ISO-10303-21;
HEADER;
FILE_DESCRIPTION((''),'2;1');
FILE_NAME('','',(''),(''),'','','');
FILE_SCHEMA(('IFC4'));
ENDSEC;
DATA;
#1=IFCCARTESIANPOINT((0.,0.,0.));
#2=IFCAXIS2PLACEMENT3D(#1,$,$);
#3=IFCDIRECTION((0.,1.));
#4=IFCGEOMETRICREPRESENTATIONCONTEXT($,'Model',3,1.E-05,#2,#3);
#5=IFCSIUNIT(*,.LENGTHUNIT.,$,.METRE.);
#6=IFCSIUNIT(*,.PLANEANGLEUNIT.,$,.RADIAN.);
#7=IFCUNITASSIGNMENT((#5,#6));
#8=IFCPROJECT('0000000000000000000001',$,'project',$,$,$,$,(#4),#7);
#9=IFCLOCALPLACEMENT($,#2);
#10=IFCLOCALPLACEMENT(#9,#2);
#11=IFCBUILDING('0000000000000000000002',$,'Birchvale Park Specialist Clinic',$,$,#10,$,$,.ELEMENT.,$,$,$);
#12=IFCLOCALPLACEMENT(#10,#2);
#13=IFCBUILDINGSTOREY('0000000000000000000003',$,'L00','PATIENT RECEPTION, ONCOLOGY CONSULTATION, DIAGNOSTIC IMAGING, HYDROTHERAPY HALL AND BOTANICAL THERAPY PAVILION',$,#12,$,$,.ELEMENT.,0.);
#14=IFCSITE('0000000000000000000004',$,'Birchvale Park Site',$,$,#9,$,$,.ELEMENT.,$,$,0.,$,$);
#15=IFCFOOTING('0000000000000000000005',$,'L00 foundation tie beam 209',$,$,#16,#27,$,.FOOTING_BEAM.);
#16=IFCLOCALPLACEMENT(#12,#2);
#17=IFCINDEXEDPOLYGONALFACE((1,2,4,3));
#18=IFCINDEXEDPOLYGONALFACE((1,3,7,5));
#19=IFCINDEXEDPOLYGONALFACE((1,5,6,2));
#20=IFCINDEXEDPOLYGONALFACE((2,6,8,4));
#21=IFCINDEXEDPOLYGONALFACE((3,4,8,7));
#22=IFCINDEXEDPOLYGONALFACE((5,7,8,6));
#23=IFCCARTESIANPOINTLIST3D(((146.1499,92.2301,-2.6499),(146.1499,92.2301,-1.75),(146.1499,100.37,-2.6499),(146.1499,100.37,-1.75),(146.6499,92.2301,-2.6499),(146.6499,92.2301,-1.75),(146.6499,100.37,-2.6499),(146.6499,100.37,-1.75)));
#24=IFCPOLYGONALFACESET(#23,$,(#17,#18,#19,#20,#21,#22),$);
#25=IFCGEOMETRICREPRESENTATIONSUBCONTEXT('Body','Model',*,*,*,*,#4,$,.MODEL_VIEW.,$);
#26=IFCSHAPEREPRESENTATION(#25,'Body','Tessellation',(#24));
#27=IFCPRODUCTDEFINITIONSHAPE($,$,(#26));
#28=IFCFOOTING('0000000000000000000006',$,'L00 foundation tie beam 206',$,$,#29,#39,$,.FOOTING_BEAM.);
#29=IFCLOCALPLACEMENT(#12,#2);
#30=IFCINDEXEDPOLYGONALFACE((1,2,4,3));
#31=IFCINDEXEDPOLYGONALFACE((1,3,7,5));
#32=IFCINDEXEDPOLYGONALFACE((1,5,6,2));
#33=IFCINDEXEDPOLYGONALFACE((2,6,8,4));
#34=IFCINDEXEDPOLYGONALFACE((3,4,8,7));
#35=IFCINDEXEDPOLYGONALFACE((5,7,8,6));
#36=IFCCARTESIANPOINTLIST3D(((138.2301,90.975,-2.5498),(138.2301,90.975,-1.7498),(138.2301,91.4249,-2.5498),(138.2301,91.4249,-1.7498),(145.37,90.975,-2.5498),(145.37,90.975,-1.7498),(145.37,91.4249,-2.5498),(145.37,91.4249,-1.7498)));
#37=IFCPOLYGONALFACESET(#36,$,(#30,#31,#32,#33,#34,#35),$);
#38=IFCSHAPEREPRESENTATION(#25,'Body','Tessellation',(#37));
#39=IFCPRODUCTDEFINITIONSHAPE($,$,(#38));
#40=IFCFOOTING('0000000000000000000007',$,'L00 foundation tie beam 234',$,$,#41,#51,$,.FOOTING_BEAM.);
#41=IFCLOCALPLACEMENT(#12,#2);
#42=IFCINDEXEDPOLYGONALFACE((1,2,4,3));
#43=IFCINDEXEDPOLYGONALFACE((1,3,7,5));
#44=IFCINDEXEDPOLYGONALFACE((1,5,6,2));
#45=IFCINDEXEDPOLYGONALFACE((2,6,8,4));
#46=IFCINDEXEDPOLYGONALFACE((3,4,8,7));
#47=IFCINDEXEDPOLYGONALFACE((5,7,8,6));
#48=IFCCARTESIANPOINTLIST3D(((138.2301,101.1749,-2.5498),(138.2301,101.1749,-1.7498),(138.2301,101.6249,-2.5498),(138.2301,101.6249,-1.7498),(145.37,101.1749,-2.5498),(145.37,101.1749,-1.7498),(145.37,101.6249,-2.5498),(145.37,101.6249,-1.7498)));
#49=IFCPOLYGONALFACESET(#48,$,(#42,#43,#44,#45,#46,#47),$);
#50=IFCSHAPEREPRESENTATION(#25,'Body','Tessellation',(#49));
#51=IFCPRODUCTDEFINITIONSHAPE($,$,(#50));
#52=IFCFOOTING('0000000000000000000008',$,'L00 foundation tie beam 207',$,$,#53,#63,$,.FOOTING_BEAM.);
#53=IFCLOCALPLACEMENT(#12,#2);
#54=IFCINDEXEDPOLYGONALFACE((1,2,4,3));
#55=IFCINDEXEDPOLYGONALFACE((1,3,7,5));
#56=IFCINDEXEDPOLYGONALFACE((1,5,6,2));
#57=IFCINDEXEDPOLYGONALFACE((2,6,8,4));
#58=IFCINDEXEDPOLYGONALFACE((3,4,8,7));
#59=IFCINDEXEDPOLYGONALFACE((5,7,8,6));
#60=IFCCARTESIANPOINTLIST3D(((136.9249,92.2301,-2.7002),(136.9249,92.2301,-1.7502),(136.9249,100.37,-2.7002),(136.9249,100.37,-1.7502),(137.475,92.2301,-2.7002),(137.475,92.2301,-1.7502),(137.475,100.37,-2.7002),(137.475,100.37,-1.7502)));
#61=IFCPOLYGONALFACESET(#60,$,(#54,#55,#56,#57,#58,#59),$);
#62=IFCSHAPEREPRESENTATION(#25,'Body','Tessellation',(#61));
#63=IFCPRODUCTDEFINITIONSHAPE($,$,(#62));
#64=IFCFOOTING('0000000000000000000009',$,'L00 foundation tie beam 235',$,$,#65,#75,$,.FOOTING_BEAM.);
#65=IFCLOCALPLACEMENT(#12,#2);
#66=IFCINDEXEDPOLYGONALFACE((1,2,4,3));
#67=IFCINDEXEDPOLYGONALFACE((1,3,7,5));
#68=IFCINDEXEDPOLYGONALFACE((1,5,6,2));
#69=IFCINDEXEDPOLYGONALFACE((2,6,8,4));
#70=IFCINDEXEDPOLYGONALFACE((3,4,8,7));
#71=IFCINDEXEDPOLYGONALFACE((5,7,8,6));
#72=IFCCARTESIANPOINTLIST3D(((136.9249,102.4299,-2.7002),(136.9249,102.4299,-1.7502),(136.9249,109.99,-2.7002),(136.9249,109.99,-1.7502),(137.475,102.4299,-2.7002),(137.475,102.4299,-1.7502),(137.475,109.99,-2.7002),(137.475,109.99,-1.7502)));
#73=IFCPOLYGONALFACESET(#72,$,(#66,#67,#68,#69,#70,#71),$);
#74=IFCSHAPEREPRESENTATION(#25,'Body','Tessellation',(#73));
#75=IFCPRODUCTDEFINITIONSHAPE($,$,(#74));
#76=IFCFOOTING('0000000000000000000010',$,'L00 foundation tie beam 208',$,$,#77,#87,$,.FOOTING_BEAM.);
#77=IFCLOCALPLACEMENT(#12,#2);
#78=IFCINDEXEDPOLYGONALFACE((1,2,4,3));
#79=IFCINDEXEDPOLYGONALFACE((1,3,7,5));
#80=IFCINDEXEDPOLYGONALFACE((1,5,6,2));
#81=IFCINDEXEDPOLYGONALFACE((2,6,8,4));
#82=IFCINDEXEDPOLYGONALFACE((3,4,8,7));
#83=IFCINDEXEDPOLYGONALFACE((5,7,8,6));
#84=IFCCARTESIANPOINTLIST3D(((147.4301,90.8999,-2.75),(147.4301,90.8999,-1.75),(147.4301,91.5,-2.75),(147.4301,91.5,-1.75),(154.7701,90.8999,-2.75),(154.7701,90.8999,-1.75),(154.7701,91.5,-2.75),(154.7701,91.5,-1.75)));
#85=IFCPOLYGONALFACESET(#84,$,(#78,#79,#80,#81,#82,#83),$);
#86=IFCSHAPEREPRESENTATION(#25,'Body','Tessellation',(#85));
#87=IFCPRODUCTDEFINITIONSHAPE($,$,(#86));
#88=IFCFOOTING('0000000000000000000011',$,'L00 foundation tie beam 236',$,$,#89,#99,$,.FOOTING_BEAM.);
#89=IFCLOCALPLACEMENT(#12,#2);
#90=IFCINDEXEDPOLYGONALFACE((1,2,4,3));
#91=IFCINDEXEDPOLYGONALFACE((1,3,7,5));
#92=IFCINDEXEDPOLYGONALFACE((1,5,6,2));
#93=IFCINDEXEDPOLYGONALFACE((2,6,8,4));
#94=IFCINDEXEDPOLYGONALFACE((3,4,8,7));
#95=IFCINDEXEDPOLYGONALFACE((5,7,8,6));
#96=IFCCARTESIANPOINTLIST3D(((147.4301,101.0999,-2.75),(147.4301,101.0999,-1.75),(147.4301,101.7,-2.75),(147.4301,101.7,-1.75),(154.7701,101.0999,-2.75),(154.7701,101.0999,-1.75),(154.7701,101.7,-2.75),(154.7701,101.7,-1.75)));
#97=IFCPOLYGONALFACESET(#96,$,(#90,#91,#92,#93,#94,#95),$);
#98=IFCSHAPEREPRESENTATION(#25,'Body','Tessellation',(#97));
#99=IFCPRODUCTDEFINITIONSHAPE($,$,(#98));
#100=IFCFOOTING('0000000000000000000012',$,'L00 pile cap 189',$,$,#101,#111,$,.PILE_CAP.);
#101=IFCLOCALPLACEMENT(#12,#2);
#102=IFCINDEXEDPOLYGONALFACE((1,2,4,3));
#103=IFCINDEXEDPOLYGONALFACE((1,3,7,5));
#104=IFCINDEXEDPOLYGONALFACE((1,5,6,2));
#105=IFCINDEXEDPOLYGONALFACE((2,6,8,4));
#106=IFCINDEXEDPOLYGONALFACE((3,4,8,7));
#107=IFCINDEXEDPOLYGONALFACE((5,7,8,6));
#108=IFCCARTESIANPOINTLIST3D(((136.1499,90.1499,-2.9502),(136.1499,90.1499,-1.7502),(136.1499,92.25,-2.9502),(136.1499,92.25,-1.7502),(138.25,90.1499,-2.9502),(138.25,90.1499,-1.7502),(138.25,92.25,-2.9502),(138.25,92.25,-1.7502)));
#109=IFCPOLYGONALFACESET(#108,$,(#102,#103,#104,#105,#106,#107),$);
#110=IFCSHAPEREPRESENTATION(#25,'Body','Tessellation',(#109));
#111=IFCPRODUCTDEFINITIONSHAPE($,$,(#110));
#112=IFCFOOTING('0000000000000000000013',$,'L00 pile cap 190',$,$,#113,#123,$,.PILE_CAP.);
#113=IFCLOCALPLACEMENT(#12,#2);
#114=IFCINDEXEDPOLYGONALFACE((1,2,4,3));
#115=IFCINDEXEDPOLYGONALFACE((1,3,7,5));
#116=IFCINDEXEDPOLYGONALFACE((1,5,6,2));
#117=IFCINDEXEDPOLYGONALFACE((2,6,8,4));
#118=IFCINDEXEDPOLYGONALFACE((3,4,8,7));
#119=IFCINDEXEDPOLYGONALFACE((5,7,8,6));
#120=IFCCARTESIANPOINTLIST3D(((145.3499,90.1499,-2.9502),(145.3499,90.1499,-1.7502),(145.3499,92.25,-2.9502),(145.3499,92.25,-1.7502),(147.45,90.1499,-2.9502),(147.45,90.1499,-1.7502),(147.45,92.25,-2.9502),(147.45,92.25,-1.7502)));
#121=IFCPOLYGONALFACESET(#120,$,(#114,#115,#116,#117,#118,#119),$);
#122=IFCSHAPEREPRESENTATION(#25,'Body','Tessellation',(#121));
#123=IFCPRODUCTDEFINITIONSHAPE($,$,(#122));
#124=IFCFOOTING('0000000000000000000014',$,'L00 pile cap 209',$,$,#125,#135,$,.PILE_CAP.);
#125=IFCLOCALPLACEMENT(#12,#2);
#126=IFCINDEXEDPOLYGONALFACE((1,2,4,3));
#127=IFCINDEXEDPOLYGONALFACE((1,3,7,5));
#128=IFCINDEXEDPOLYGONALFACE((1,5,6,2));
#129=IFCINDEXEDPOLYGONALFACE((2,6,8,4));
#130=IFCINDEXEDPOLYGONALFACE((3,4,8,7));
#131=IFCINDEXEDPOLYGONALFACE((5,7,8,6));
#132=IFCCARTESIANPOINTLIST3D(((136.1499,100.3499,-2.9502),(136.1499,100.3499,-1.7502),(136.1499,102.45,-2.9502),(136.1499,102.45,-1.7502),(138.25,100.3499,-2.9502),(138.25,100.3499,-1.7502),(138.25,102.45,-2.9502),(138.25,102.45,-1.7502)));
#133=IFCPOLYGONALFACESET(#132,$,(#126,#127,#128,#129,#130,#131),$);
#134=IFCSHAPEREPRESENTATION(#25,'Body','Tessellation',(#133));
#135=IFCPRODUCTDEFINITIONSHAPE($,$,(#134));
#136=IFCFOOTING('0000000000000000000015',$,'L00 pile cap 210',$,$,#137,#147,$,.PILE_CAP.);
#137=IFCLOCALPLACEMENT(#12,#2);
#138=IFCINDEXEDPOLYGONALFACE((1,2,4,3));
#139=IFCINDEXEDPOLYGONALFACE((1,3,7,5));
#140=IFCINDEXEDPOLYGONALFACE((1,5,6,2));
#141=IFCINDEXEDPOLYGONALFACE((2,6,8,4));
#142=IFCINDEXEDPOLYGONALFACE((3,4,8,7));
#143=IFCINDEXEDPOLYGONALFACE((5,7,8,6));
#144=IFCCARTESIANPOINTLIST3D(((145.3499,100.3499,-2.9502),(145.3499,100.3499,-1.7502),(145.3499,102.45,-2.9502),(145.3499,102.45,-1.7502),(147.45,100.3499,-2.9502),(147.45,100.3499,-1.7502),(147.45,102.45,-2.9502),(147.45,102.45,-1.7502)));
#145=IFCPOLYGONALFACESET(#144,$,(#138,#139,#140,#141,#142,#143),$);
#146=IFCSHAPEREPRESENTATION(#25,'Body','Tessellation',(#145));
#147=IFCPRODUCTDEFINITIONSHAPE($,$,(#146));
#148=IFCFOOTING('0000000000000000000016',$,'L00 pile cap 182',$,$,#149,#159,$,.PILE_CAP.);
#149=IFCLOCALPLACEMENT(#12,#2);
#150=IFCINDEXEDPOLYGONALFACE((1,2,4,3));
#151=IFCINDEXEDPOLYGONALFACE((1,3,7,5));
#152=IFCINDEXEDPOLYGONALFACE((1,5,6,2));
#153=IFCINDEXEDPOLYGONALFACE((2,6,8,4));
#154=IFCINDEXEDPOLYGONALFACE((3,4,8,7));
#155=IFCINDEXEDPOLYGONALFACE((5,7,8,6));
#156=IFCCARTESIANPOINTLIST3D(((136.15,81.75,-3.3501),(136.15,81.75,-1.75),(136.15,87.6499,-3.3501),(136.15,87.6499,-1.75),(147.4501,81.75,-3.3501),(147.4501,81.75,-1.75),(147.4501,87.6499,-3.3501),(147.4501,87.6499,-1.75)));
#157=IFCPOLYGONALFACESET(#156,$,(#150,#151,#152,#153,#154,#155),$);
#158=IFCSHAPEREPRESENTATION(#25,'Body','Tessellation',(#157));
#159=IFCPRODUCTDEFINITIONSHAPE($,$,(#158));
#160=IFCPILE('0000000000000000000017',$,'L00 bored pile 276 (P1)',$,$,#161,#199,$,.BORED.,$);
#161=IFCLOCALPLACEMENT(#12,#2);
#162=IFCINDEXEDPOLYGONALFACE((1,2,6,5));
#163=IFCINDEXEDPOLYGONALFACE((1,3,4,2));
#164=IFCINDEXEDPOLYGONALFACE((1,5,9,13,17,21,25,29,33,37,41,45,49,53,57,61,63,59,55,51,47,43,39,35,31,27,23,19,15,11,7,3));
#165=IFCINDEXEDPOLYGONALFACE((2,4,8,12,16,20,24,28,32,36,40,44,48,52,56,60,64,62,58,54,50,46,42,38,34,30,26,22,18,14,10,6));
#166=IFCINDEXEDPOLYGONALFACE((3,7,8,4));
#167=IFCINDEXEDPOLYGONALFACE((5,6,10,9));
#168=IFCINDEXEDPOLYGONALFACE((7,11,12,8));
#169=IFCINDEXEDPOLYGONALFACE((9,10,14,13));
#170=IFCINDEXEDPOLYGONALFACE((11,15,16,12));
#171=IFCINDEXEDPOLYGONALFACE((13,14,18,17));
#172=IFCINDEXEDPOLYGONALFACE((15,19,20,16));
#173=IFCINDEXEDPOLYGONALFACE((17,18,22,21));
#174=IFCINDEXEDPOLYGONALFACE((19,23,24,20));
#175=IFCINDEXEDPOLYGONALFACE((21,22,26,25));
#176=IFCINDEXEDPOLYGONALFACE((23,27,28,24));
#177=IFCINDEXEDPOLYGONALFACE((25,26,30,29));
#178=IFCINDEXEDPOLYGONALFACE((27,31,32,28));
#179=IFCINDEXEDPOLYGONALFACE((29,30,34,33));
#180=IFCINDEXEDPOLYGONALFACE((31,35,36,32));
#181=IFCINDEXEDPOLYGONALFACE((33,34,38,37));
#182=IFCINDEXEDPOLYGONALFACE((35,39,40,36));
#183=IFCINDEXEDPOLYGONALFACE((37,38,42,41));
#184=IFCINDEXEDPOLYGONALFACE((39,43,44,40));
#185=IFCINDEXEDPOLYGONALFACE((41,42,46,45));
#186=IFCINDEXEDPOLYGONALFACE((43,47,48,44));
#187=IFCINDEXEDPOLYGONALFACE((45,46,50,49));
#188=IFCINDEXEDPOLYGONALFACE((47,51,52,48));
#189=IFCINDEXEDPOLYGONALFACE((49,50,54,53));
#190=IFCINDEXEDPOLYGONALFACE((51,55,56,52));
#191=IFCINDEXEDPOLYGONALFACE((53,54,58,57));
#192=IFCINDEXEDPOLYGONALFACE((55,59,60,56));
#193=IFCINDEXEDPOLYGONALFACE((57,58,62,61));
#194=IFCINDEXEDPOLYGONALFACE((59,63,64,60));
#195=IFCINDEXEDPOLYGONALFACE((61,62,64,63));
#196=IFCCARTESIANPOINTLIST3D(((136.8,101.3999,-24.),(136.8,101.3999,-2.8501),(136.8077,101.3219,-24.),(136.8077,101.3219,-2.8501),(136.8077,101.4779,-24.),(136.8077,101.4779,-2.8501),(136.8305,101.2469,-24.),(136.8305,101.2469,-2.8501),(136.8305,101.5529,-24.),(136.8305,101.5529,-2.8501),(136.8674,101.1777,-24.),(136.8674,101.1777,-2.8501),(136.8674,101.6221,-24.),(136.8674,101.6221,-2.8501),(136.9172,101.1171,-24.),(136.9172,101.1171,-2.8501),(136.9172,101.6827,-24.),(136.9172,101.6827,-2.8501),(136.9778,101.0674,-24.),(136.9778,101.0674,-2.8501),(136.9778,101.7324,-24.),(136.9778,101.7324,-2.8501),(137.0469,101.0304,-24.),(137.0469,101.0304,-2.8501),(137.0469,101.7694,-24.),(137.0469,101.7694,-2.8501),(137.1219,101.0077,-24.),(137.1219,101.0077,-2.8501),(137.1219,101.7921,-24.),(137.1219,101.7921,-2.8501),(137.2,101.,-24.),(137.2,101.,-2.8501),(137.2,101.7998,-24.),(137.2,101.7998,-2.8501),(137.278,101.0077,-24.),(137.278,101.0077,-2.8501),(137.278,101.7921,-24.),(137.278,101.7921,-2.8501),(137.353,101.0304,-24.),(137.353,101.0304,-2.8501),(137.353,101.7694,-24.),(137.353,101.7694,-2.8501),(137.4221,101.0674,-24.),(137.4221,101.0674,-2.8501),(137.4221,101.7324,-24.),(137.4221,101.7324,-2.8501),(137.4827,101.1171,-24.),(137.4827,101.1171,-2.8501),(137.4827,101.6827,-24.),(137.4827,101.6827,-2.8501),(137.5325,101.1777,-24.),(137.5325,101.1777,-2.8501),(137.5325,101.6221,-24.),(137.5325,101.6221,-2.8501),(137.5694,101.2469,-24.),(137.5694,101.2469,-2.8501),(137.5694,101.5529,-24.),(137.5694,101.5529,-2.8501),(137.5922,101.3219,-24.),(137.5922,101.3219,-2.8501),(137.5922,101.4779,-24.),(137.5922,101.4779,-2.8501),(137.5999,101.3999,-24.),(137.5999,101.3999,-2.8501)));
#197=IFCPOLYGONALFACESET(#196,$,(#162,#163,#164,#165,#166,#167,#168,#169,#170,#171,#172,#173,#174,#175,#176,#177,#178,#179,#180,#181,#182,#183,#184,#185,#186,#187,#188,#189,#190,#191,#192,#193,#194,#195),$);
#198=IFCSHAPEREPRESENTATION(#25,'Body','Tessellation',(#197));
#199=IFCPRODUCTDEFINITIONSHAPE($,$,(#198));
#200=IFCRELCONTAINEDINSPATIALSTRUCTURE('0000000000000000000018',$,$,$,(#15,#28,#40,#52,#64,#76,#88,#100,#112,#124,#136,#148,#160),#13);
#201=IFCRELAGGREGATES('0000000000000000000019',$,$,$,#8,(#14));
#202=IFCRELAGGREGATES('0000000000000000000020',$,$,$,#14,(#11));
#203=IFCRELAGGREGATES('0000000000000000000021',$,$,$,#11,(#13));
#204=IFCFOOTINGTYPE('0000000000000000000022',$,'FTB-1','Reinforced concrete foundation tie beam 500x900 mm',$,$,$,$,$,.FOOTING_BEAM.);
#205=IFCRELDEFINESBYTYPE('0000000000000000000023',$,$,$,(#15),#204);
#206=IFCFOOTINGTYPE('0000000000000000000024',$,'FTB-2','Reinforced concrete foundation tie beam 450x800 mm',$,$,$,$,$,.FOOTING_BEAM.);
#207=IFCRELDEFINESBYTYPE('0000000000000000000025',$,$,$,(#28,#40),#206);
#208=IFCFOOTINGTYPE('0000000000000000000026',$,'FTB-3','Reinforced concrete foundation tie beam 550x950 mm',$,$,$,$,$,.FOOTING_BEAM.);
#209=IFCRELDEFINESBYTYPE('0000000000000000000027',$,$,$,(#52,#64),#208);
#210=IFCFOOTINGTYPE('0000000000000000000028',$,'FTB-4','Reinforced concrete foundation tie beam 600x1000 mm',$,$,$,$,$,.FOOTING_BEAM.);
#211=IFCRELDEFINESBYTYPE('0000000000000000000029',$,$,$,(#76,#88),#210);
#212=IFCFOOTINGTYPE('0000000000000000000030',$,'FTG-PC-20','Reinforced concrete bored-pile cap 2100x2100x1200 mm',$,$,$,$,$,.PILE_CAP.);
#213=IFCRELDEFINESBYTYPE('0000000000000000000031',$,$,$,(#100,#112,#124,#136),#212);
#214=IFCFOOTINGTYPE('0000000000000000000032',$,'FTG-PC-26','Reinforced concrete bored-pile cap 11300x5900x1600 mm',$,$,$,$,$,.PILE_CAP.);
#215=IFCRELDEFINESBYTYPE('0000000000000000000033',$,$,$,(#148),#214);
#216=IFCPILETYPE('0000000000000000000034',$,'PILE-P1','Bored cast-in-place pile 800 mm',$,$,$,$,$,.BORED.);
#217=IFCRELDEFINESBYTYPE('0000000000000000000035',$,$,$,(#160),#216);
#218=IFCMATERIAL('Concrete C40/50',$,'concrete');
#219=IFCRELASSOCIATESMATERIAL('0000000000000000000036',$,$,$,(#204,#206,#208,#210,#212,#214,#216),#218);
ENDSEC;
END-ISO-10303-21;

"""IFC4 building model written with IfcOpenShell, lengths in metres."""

from ifc_helpers import new_model, si_unit, direction, frame, origin, origin_2d, place, context, subcontext, project, spatial, rectangle, circle, extrude, material, material_profile, profile_set, type_object, element, save


model = new_model("IFC4")

# Units and contexts
model_context = context("Model", 3, precision=1e-05, world=origin(), true_north=direction((0.0, 1.0)))
body_context = subcontext(model_context, "Body", "Model", "MODEL_VIEW")
ifc_project = project(units=[si_unit("LENGTHUNIT", "METRE"), si_unit("PLANEANGLEUNIT", "RADIAN")], contexts=[model_context])

# Site, building, storey
site_placement = place(None, origin())
site = spatial("IfcSite", under=ifc_project, at=site_placement, Name="Birchvale Park Site", CompositionType="ELEMENT", RefElevation=0.0)
building_placement = place(site_placement, origin())
building = spatial("IfcBuilding", under=site, at=building_placement, Name="Birchvale Park Specialist Clinic", CompositionType="ELEMENT")
storey_placement = place(building_placement, origin())
storey = spatial("IfcBuildingStorey", under=building, at=storey_placement, Name="L00", Description="PATIENT RECEPTION, ONCOLOGY CONSULTATION, DIAGNOSTIC IMAGING, HYDROTHERAPY HALL AND BOTANICAL THERAPY PAVILION", CompositionType="ELEMENT", Elevation=0.0)

# Footings
ifc_material_1 = material(Name="Concrete C40/50", Category="concrete")
footing_type_1 = type_object("IfcFootingType", Name="FTB-1", Description="Reinforced concrete foundation tie beam 500x900 mm", PredefinedType="FOOTING_BEAM", material=ifc_material_1)
footing_1_placement = place(storey_placement, frame((146.3999, 96.3, -2.6499), z_axis=(0.0, 0.0, 1.0), x_axis=(1.0, 0.0, 0.0)))
element("IfcFooting", 1, at=footing_1_placement, inside=storey, type_object=footing_type_1, Name="L00 foundation tie beam 209", PredefinedType="FOOTING_BEAM", context=body_context, shape_type="SweptSolid", body=[
    extrude(rectangle(XDim=0.5, YDim=8.1399, at=origin_2d()), origin(), (0.0, 0.0, 1.0), 0.8999),
])
footing_type_2 = type_object("IfcFootingType", Name="FTB-2", Description="Reinforced concrete foundation tie beam 450x800 mm", PredefinedType="FOOTING_BEAM", material=ifc_material_1)
for number, where, z_axis, x_axis, name in (
    (2, (141.8, 91.2, -2.5498), (0.0, 0.0, 1.0), (1.0, 0.0, 0.0), "L00 foundation tie beam 206"),
    (3, (141.8, 101.3999, -2.5498), (0.0, 0.0, 1.0), (1.0, 0.0, 0.0), "L00 foundation tie beam 234"),
):
    element("IfcFooting", number, at=place(storey_placement, frame(where, z_axis=z_axis, x_axis=x_axis)), inside=storey, type_object=footing_type_2, Name=name, PredefinedType="FOOTING_BEAM", context=body_context, shape_type="SweptSolid", body=[
        extrude(rectangle(XDim=7.1399, YDim=0.45, at=origin_2d()), origin(), (0.0, 0.0, 1.0), 0.8),
    ])
footing_type_3 = type_object("IfcFootingType", Name="FTB-3", Description="Reinforced concrete foundation tie beam 550x950 mm", PredefinedType="FOOTING_BEAM", material=ifc_material_1)
footing_2_placement = place(storey_placement, frame((137.2, 96.3, -2.7002), z_axis=(0.0, 0.0, 1.0), x_axis=(1.0, 0.0, 0.0)))
element("IfcFooting", 4, at=footing_2_placement, inside=storey, type_object=footing_type_3, Name="L00 foundation tie beam 207", PredefinedType="FOOTING_BEAM", context=body_context, shape_type="SweptSolid", body=[
    extrude(rectangle(XDim=0.55, YDim=8.1399, at=origin_2d()), origin(), (0.0, 0.0, 1.0), 0.95),
])
footing_3_placement = place(storey_placement, frame((137.2, 106.21, -2.7002), z_axis=(0.0, 0.0, 1.0), x_axis=(1.0, 0.0, 0.0)))
element("IfcFooting", 5, at=footing_3_placement, inside=storey, type_object=footing_type_3, Name="L00 foundation tie beam 235", PredefinedType="FOOTING_BEAM", context=body_context, shape_type="SweptSolid", body=[
    extrude(rectangle(XDim=0.55, YDim=7.5601, at=origin_2d()), origin(), (0.0, 0.0, 1.0), 0.95),
])
footing_type_4 = type_object("IfcFootingType", Name="FTB-4", Description="Reinforced concrete foundation tie beam 600x1000 mm", PredefinedType="FOOTING_BEAM", material=ifc_material_1)
for number, where, z_axis, x_axis, name in (
    (6, (151.1001, 91.2, -2.75), (0.0, 0.0, 1.0), (1.0, 0.0, 0.0), "L00 foundation tie beam 208"),
    (7, (151.1001, 101.3999, -2.75), (0.0, 0.0, 1.0), (1.0, 0.0, 0.0), "L00 foundation tie beam 236"),
):
    element("IfcFooting", number, at=place(storey_placement, frame(where, z_axis=z_axis, x_axis=x_axis)), inside=storey, type_object=footing_type_4, Name=name, PredefinedType="FOOTING_BEAM", context=body_context, shape_type="SweptSolid", body=[
        extrude(rectangle(XDim=7.3401, YDim=0.6001, at=origin_2d()), origin(), (0.0, 0.0, 1.0), 1.0),
    ])
footing_type_5 = type_object("IfcFootingType", Name="FTG-PC-20", Description="Reinforced concrete bored-pile cap 2100x2100x1200 mm", PredefinedType="PILE_CAP", material=ifc_material_1)
for number, where, z_axis, x_axis, name in (
    (8, (137.2, 91.2, -2.9502), (0.0, 0.0, 1.0), (1.0, 0.0, 0.0), "L00 pile cap 189"),
    (9, (146.3999, 91.2, -2.9502), (0.0, 0.0, 1.0), (1.0, 0.0, 0.0), "L00 pile cap 190"),
    (10, (137.2, 101.3999, -2.9502), (0.0, 0.0, 1.0), (1.0, 0.0, 0.0), "L00 pile cap 209"),
    (11, (146.3999, 101.3999, -2.9502), (0.0, 0.0, 1.0), (1.0, 0.0, 0.0), "L00 pile cap 210"),
):
    element("IfcFooting", number, at=place(storey_placement, frame(where, z_axis=z_axis, x_axis=x_axis)), inside=storey, type_object=footing_type_5, Name=name, PredefinedType="PILE_CAP", context=body_context, shape_type="SweptSolid", body=[
        extrude(rectangle(XDim=2.1001, YDim=2.1001, at=origin_2d()), origin(), (0.0, 0.0, 1.0), 1.2),
    ])
footing_type_6 = type_object("IfcFootingType", Name="FTG-PC-26", Description="Reinforced concrete bored-pile cap 11300x5900x1600 mm", PredefinedType="PILE_CAP", material=ifc_material_1)
footing_4_placement = place(storey_placement, frame((141.8, 84.7, -3.3501), z_axis=(0.0, 0.0, 1.0), x_axis=(1.0, 0.0, 0.0)))
element("IfcFooting", 12, at=footing_4_placement, inside=storey, type_object=footing_type_6, Name="L00 pile cap 182", PredefinedType="PILE_CAP", context=body_context, shape_type="SweptSolid", body=[
    extrude(rectangle(XDim=11.3, YDim=5.8999, at=origin_2d()), origin(), (0.0, 0.0, 1.0), 1.6001),
])

# Pile
ifc_material_profile_1 = material_profile(ifc_material_1, circle(Radius=0.3999, at=origin_2d()), Name="PILE-800")
ifc_profile_set_1 = profile_set([ifc_material_profile_1], Name="Concrete C40/50")
pile_type_1 = type_object("IfcPileType", Name="PILE-P1", Description="Bored cast-in-place pile 800 mm", PredefinedType="BORED", material=ifc_profile_set_1)
pile_1_placement = place(storey_placement, frame((137.2, 101.3999, -2.8501), z_axis=(0.0, 0.0, -1.0), x_axis=(1.0, 0.0, 0.0)))
element("IfcPile", 13, at=pile_1_placement, inside=storey, type_object=pile_type_1, Name="L00 bored pile 276 (P1)", PredefinedType="BORED", context=body_context, shape_type="SweptSolid", body=[
    extrude(circle(Radius=0.3999, at=origin_2d()), origin(), (0.0, 0.0, 1.0), 21.1499),
])

save(model, "model.ifc")
